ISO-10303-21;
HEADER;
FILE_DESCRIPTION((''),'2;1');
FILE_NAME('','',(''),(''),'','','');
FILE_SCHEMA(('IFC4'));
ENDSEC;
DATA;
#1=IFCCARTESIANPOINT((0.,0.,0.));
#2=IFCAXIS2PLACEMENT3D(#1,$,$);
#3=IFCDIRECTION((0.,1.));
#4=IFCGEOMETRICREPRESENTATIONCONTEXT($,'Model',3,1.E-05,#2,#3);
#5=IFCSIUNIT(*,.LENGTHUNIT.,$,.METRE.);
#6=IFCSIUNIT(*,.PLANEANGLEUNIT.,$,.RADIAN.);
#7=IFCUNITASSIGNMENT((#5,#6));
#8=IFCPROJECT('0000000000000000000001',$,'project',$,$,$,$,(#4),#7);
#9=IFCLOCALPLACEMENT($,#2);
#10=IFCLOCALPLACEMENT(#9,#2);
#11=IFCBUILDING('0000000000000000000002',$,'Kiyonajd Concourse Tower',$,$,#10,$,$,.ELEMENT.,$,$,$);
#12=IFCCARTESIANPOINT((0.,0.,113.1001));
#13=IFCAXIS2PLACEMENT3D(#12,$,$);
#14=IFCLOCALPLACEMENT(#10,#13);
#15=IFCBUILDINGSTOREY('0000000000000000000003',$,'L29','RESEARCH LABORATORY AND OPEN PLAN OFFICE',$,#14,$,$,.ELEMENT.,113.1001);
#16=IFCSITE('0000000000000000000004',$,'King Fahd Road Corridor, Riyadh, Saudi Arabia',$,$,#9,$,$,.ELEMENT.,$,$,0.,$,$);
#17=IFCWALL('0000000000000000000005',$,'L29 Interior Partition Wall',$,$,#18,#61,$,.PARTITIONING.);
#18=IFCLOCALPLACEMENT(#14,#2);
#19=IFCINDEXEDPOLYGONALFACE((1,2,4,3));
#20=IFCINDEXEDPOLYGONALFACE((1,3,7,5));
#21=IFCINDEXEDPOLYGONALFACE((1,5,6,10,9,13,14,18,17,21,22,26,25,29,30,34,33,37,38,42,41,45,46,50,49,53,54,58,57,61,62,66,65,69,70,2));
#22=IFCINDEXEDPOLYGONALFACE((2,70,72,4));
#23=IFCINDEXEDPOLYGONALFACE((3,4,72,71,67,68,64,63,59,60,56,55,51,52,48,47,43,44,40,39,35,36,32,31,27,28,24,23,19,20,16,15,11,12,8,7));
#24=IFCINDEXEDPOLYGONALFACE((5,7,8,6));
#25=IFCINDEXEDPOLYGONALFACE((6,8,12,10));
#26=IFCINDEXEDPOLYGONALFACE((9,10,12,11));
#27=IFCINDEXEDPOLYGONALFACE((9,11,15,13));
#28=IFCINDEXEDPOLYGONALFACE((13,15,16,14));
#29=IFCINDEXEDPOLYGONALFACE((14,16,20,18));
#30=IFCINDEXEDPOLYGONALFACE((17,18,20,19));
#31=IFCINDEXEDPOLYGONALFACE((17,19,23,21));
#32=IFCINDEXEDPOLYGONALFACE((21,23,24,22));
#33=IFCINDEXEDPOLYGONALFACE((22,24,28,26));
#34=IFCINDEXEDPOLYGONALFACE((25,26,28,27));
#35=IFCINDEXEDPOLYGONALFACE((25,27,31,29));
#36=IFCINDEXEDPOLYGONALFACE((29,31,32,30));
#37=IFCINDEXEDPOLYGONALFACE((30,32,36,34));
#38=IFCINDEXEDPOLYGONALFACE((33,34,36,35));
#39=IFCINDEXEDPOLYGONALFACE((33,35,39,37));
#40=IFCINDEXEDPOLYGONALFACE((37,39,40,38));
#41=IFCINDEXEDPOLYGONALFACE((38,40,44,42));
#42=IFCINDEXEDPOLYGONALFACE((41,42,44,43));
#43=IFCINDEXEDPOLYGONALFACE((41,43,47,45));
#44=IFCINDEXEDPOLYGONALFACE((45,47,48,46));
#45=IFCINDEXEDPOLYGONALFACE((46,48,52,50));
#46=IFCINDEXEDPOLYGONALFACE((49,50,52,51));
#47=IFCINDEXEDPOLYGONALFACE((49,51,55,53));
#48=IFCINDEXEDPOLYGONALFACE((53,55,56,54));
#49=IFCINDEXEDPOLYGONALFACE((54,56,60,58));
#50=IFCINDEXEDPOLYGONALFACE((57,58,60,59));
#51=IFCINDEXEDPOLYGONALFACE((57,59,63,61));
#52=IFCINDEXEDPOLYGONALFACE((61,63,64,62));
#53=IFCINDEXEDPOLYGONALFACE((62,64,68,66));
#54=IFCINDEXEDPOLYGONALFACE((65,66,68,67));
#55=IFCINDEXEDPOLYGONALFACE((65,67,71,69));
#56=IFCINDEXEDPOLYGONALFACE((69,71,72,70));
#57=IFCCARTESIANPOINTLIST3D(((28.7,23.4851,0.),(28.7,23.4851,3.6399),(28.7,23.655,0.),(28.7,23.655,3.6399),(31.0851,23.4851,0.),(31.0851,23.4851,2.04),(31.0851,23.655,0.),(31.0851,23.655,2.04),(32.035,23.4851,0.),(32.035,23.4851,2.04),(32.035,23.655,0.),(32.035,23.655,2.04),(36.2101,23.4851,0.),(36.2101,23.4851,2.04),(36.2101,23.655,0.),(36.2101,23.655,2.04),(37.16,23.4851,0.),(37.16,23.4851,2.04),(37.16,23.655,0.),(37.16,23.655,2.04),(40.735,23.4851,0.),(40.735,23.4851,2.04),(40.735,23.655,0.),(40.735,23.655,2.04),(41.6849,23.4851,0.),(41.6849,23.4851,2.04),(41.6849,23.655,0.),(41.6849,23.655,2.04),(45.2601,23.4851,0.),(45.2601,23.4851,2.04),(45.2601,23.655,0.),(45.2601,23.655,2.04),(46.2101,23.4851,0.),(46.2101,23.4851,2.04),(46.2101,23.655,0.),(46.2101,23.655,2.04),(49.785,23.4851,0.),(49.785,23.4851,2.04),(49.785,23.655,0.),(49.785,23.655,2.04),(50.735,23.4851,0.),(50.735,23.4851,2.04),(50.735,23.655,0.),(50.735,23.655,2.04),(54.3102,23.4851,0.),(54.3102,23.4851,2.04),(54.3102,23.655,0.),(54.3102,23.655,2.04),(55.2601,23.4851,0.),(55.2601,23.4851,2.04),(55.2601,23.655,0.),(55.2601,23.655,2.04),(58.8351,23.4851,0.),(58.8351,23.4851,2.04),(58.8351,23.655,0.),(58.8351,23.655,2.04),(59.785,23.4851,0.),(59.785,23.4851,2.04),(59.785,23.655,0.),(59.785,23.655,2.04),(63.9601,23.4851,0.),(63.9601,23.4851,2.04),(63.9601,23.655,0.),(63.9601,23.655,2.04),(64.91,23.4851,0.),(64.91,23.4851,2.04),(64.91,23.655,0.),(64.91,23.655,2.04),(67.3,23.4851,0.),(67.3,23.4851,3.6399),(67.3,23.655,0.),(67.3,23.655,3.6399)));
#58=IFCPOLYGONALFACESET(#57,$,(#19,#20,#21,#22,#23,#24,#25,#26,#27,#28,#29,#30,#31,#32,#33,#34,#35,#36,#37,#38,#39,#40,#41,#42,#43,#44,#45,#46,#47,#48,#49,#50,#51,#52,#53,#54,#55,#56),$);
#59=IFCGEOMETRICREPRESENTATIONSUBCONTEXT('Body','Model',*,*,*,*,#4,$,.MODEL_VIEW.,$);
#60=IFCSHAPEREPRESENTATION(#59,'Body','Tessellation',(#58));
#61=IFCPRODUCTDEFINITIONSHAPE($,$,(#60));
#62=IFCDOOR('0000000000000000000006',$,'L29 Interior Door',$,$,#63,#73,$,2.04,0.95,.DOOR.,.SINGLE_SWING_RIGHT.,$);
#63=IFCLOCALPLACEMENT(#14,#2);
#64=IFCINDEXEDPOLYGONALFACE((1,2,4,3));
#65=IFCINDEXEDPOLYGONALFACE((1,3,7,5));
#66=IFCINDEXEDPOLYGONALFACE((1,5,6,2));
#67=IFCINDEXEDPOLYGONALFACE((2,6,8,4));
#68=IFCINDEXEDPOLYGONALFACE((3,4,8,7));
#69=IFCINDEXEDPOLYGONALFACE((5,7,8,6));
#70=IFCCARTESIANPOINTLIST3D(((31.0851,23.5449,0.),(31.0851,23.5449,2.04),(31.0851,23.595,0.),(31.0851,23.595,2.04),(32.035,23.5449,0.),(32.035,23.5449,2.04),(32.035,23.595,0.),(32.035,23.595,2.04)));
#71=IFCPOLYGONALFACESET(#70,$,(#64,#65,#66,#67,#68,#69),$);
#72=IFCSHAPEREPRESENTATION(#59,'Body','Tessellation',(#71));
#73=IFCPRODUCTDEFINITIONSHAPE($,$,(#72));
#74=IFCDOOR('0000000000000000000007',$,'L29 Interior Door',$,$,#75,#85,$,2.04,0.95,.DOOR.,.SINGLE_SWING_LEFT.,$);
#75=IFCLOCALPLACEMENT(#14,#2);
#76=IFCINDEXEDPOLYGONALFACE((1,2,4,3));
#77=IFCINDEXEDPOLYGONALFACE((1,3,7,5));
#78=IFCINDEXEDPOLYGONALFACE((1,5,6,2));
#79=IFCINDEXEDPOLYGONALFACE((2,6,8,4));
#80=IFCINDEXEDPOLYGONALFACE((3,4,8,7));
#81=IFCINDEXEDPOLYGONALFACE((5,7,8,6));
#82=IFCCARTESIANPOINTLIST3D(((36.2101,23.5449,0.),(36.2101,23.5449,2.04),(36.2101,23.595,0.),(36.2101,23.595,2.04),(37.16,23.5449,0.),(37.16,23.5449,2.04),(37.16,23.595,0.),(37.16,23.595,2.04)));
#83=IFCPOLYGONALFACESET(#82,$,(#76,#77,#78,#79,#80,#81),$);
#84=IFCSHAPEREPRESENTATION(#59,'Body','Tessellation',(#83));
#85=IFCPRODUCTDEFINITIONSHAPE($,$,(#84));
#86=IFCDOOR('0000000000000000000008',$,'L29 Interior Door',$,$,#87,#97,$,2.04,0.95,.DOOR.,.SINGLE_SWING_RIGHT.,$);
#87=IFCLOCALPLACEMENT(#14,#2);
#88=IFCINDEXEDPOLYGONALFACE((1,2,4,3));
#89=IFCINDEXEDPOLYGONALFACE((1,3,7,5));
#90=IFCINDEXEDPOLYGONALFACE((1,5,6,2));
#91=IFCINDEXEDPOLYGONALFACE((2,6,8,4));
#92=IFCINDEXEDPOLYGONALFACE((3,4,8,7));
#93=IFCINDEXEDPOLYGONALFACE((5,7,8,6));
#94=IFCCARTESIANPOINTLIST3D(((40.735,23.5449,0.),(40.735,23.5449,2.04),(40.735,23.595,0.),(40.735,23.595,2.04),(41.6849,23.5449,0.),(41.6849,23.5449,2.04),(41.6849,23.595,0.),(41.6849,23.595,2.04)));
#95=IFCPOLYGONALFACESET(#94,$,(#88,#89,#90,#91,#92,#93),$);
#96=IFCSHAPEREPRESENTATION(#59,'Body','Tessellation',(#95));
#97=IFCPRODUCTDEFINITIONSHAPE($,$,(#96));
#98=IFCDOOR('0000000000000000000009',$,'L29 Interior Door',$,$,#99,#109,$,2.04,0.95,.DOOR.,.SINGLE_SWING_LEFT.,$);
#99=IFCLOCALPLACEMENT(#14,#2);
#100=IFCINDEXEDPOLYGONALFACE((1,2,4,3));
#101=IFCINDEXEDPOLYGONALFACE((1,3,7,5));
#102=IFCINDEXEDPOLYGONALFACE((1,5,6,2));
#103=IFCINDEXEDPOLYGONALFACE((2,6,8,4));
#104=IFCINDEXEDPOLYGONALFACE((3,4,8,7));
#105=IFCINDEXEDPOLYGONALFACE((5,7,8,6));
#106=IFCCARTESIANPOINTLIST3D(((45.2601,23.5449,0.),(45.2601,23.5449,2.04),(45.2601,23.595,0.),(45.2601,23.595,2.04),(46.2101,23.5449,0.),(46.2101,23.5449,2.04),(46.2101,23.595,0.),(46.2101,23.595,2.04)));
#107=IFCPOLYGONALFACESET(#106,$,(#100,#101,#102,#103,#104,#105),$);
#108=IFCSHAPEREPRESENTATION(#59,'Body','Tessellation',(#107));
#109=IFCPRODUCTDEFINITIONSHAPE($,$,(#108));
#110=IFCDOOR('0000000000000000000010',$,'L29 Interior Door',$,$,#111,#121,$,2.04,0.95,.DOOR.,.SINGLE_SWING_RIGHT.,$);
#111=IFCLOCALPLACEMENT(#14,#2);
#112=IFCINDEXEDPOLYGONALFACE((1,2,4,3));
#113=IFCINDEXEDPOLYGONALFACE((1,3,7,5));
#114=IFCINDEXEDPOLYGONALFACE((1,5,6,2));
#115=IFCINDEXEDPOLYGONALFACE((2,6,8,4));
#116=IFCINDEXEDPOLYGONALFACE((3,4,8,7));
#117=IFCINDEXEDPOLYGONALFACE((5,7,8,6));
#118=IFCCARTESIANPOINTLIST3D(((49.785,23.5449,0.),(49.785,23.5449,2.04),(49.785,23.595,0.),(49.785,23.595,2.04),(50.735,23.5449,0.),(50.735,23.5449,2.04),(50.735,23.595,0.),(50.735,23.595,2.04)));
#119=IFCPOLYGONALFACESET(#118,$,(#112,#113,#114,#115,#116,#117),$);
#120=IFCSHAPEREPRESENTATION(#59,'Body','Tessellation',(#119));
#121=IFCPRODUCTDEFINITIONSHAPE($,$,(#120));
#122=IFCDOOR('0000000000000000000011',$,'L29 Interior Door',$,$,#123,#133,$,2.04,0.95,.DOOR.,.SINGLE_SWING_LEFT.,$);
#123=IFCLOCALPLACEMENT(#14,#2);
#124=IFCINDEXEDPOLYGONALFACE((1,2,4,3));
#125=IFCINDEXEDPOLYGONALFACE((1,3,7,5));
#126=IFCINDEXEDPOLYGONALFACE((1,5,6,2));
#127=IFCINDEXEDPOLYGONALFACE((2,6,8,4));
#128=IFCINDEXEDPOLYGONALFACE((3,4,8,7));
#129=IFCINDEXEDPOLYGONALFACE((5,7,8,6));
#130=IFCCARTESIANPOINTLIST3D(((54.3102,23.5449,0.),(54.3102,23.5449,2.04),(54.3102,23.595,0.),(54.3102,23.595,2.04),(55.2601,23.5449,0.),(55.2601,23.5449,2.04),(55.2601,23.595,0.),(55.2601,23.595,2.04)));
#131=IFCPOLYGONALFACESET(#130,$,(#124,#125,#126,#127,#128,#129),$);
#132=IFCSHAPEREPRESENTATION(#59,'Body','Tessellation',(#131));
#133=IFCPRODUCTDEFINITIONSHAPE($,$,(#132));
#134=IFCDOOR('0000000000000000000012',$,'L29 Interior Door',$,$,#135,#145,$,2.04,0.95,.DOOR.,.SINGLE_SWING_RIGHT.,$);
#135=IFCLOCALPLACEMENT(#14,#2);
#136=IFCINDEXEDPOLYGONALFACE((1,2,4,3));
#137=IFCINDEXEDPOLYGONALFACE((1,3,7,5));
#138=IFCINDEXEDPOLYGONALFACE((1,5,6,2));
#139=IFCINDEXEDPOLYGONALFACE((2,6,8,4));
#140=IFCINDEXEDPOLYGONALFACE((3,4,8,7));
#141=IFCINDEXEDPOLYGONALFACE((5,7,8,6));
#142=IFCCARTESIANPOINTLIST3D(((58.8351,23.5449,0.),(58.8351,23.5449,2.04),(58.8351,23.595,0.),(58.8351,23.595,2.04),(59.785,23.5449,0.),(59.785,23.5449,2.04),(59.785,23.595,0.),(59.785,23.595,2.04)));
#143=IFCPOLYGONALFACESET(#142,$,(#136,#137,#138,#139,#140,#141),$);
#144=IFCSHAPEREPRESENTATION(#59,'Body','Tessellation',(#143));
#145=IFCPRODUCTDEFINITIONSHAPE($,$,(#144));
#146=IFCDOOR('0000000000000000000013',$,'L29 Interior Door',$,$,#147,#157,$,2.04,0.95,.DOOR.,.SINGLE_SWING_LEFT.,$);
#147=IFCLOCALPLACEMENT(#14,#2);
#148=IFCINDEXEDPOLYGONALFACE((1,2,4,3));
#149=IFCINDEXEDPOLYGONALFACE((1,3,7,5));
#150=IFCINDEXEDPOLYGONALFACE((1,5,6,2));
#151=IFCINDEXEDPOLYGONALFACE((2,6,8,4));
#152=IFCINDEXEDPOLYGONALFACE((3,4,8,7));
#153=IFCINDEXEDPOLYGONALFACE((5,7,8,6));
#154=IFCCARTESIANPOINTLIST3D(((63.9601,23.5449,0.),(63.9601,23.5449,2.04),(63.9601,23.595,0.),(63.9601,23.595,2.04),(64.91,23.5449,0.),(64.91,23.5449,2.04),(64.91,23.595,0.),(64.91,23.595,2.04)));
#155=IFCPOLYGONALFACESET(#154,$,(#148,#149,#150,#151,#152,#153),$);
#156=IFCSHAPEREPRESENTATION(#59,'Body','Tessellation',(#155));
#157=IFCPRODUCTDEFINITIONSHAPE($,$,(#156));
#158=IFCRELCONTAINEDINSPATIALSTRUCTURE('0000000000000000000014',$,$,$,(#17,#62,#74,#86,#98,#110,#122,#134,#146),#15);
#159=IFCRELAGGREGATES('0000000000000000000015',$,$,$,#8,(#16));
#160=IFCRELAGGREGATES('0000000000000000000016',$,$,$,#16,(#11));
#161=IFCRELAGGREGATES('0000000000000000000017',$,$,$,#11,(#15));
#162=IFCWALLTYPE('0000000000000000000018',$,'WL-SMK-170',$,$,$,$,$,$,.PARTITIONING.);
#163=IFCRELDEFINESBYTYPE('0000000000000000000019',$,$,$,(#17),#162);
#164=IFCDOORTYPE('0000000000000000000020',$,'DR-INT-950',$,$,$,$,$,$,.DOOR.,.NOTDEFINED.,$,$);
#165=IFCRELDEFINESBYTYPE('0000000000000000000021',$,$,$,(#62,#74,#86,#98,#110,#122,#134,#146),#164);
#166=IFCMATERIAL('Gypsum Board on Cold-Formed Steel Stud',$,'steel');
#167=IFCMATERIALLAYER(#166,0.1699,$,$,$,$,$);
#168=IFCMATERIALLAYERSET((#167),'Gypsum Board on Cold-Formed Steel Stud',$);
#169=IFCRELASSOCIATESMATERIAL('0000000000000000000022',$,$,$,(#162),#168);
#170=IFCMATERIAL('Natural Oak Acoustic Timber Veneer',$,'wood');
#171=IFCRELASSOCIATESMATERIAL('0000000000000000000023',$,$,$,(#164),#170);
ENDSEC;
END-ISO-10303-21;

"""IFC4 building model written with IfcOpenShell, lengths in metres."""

from ifc_helpers import new_model, si_unit, direction, frame, frame_2d, origin, place, context, subcontext, project, spatial, rectangle, extrude, material, layer, layer_set, type_object, element, fill, save


model = new_model("IFC4")

# Units and contexts
model_context = context("Model", 3, precision=1e-05, world=origin(), true_north=direction((0.0, 1.0)))
body_context = subcontext(model_context, "Body", "Model", "MODEL_VIEW")
ifc_project = project(units=[si_unit("LENGTHUNIT", "METRE"), si_unit("PLANEANGLEUNIT", "RADIAN")], contexts=[model_context])

# Site, building, storey
site_placement = place(None, origin())
site = spatial("IfcSite", under=ifc_project, at=site_placement, Name="King Fahd Road Corridor, Riyadh, Saudi Arabia", CompositionType="ELEMENT", RefElevation=0.0)
building_placement = place(site_placement, origin())
building = spatial("IfcBuilding", under=site, at=building_placement, Name="Kiyonajd Concourse Tower", CompositionType="ELEMENT")
storey_placement = place(building_placement, frame((0.0, 0.0, 113.1001)))
storey = spatial("IfcBuildingStorey", under=building, at=storey_placement, Name="L29", Description="RESEARCH LABORATORY AND OPEN PLAN OFFICE", CompositionType="ELEMENT", Elevation=113.1001)

# Wall, openings, doors
ifc_material_1 = material(Name="Gypsum Board on Cold-Formed Steel Stud", Category="steel")
ifc_layer_1 = layer(ifc_material_1, 0.1699)
ifc_layer_set_1 = layer_set([ifc_layer_1], Name="Gypsum Board on Cold-Formed Steel Stud")
wall_type_1 = type_object("IfcWallType", Name="WL-SMK-170", PredefinedType="PARTITIONING", material=ifc_layer_set_1)
wall_1_placement = place(storey_placement, frame((28.7, 23.5701, 0.0), z_axis=(0.0, 0.0, 1.0), x_axis=(1.0, 0.0, 0.0)))
wall_1 = element("IfcWall", 1, at=wall_1_placement, inside=storey, type_object=wall_type_1, Name="L29 Interior Partition Wall", PredefinedType="PARTITIONING", context=body_context, shape_type="SweptSolid", body=[
    extrude(rectangle(XDim=38.6001, YDim=0.1699, at=frame_2d((19.3, 0.0))), origin(), (0.0, 0.0, 1.0), 3.6399),
])
opening_1_placement = place(wall_1_placement, frame((2.385, 0.0, 0.0)))
opening_1 = element("IfcOpeningElement", 2, at=opening_1_placement, cuts=wall_1, PredefinedType="OPENING", context=body_context, shape_type="SweptSolid", body=[
    extrude(rectangle(XDim=0.95, YDim=2.04, at=frame_2d((0.4751, 1.02))), frame((0.0, 0.095, 0.0), z_axis=(0.0, -1.0, 0.0), x_axis=(1.0, 0.0, 0.0)), (0.0, 0.0, 1.0), 0.1899),
])
opening_2_placement = place(wall_1_placement, frame((7.51, 0.0, 0.0)))
opening_2 = element("IfcOpeningElement", 3, at=opening_2_placement, cuts=wall_1, PredefinedType="OPENING", context=body_context, shape_type="SweptSolid", body=[
    extrude(rectangle(XDim=0.95, YDim=2.04, at=frame_2d((0.4751, 1.02))), frame((0.0, 0.095, 0.0), z_axis=(0.0, -1.0, 0.0), x_axis=(1.0, 0.0, 0.0)), (0.0, 0.0, 1.0), 0.1899),
])
opening_3_placement = place(wall_1_placement, frame((12.0349, 0.0, 0.0)))
opening_3 = element("IfcOpeningElement", 4, at=opening_3_placement, cuts=wall_1, PredefinedType="OPENING", context=body_context, shape_type="SweptSolid", body=[
    extrude(rectangle(XDim=0.95, YDim=2.04, at=frame_2d((0.4751, 1.02))), frame((0.0, 0.095, 0.0), z_axis=(0.0, -1.0, 0.0), x_axis=(1.0, 0.0, 0.0)), (0.0, 0.0, 1.0), 0.1899),
])
opening_4_placement = place(wall_1_placement, frame((16.5601, 0.0, 0.0)))
opening_4 = element("IfcOpeningElement", 5, at=opening_4_placement, cuts=wall_1, PredefinedType="OPENING", context=body_context, shape_type="SweptSolid", body=[
    extrude(rectangle(XDim=0.95, YDim=2.04, at=frame_2d((0.4751, 1.02))), frame((0.0, 0.095, 0.0), z_axis=(0.0, -1.0, 0.0), x_axis=(1.0, 0.0, 0.0)), (0.0, 0.0, 1.0), 0.1899),
])
opening_5_placement = place(wall_1_placement, frame((21.085, 0.0, 0.0)))
opening_5 = element("IfcOpeningElement", 6, at=opening_5_placement, cuts=wall_1, PredefinedType="OPENING", context=body_context, shape_type="SweptSolid", body=[
    extrude(rectangle(XDim=0.95, YDim=2.04, at=frame_2d((0.4751, 1.02))), frame((0.0, 0.095, 0.0), z_axis=(0.0, -1.0, 0.0), x_axis=(1.0, 0.0, 0.0)), (0.0, 0.0, 1.0), 0.1899),
])
opening_6_placement = place(wall_1_placement, frame((25.6101, 0.0, 0.0)))
opening_6 = element("IfcOpeningElement", 7, at=opening_6_placement, cuts=wall_1, PredefinedType="OPENING", context=body_context, shape_type="SweptSolid", body=[
    extrude(rectangle(XDim=0.95, YDim=2.04, at=frame_2d((0.4751, 1.02))), frame((0.0, 0.095, 0.0), z_axis=(0.0, -1.0, 0.0), x_axis=(1.0, 0.0, 0.0)), (0.0, 0.0, 1.0), 0.1899),
])
opening_7_placement = place(wall_1_placement, frame((30.135, 0.0, 0.0)))
opening_7 = element("IfcOpeningElement", 8, at=opening_7_placement, cuts=wall_1, PredefinedType="OPENING", context=body_context, shape_type="SweptSolid", body=[
    extrude(rectangle(XDim=0.95, YDim=2.04, at=frame_2d((0.4751, 1.02))), frame((0.0, 0.095, 0.0), z_axis=(0.0, -1.0, 0.0), x_axis=(1.0, 0.0, 0.0)), (0.0, 0.0, 1.0), 0.1899),
])
opening_8_placement = place(wall_1_placement, frame((35.26, 0.0, 0.0)))
opening_8 = element("IfcOpeningElement", 9, at=opening_8_placement, cuts=wall_1, PredefinedType="OPENING", context=body_context, shape_type="SweptSolid", body=[
    extrude(rectangle(XDim=0.95, YDim=2.04, at=frame_2d((0.4751, 1.02))), frame((0.0, 0.095, 0.0), z_axis=(0.0, -1.0, 0.0), x_axis=(1.0, 0.0, 0.0)), (0.0, 0.0, 1.0), 0.1899),
])
ifc_material_2 = material(Name="Natural Oak Acoustic Timber Veneer", Category="wood")
door_type = type_object("IfcDoorType", Name="DR-INT-950", OperationType="NOTDEFINED", PredefinedType="DOOR", material=ifc_material_2)
door_1_placement = place(opening_1_placement, origin())
door_1 = element("IfcDoor", 10, at=door_1_placement, inside=storey, type_object=door_type, Name="L29 Interior Door", OperationType="SINGLE_SWING_RIGHT", OverallHeight=2.04, OverallWidth=0.95, PredefinedType="DOOR", context=body_context, shape_type="SweptSolid", body=[
    extrude(rectangle(XDim=0.95, YDim=2.04, at=frame_2d((0.4751, 1.02))), frame((0.0, 0.0249, 0.0), z_axis=(0.0, -1.0, 0.0), x_axis=(1.0, 0.0, 0.0)), (0.0, 0.0, 1.0), 0.05),
])
fill(opening_1, door_1)
door_2_placement = place(opening_2_placement, origin())
door_2 = element("IfcDoor", 11, at=door_2_placement, inside=storey, type_object=door_type, Name="L29 Interior Door", OperationType="SINGLE_SWING_LEFT", OverallHeight=2.04, OverallWidth=0.95, PredefinedType="DOOR", context=body_context, shape_type="SweptSolid", body=[
    extrude(rectangle(XDim=0.95, YDim=2.04, at=frame_2d((0.4751, 1.02))), frame((0.0, 0.0249, 0.0), z_axis=(0.0, -1.0, 0.0), x_axis=(1.0, 0.0, 0.0)), (0.0, 0.0, 1.0), 0.05),
])
fill(opening_2, door_2)
door_3_placement = place(opening_3_placement, origin())
door_3 = element("IfcDoor", 12, at=door_3_placement, inside=storey, type_object=door_type, Name="L29 Interior Door", OperationType="SINGLE_SWING_RIGHT", OverallHeight=2.04, OverallWidth=0.95, PredefinedType="DOOR", context=body_context, shape_type="SweptSolid", body=[
    extrude(rectangle(XDim=0.95, YDim=2.04, at=frame_2d((0.4751, 1.02))), frame((0.0, 0.0249, 0.0), z_axis=(0.0, -1.0, 0.0), x_axis=(1.0, 0.0, 0.0)), (0.0, 0.0, 1.0), 0.05),
])
fill(opening_3, door_3)
door_4_placement = place(opening_4_placement, origin())
door_4 = element("IfcDoor", 13, at=door_4_placement, inside=storey, type_object=door_type, Name="L29 Interior Door", OperationType="SINGLE_SWING_LEFT", OverallHeight=2.04, OverallWidth=0.95, PredefinedType="DOOR", context=body_context, shape_type="SweptSolid", body=[
    extrude(rectangle(XDim=0.95, YDim=2.04, at=frame_2d((0.4751, 1.02))), frame((0.0, 0.0249, 0.0), z_axis=(0.0, -1.0, 0.0), x_axis=(1.0, 0.0, 0.0)), (0.0, 0.0, 1.0), 0.05),
])
fill(opening_4, door_4)
door_5_placement = place(opening_5_placement, origin())
door_5 = element("IfcDoor", 14, at=door_5_placement, inside=storey, type_object=door_type, Name="L29 Interior Door", OperationType="SINGLE_SWING_RIGHT", OverallHeight=2.04, OverallWidth=0.95, PredefinedType="DOOR", context=body_context, shape_type="SweptSolid", body=[
    extrude(rectangle(XDim=0.95, YDim=2.04, at=frame_2d((0.4751, 1.02))), frame((0.0, 0.0249, 0.0), z_axis=(0.0, -1.0, 0.0), x_axis=(1.0, 0.0, 0.0)), (0.0, 0.0, 1.0), 0.05),
])
fill(opening_5, door_5)
door_6_placement = place(opening_6_placement, origin())
door_6 = element("IfcDoor", 15, at=door_6_placement, inside=storey, type_object=door_type, Name="L29 Interior Door", OperationType="SINGLE_SWING_LEFT", OverallHeight=2.04, OverallWidth=0.95, PredefinedType="DOOR", context=body_context, shape_type="SweptSolid", body=[
    extrude(rectangle(XDim=0.95, YDim=2.04, at=frame_2d((0.4751, 1.02))), frame((0.0, 0.0249, 0.0), z_axis=(0.0, -1.0, 0.0), x_axis=(1.0, 0.0, 0.0)), (0.0, 0.0, 1.0), 0.05),
])
fill(opening_6, door_6)
door_7_placement = place(opening_7_placement, origin())
door_7 = element("IfcDoor", 16, at=door_7_placement, inside=storey, type_object=door_type, Name="L29 Interior Door", OperationType="SINGLE_SWING_RIGHT", OverallHeight=2.04, OverallWidth=0.95, PredefinedType="DOOR", context=body_context, shape_type="SweptSolid", body=[
    extrude(rectangle(XDim=0.95, YDim=2.04, at=frame_2d((0.4751, 1.02))), frame((0.0, 0.0249, 0.0), z_axis=(0.0, -1.0, 0.0), x_axis=(1.0, 0.0, 0.0)), (0.0, 0.0, 1.0), 0.05),
])
fill(opening_7, door_7)
door_8_placement = place(opening_8_placement, origin())
door_8 = element("IfcDoor", 17, at=door_8_placement, inside=storey, type_object=door_type, Name="L29 Interior Door", OperationType="SINGLE_SWING_LEFT", OverallHeight=2.04, OverallWidth=0.95, PredefinedType="DOOR", context=body_context, shape_type="SweptSolid", body=[
    extrude(rectangle(XDim=0.95, YDim=2.04, at=frame_2d((0.4751, 1.02))), frame((0.0, 0.0249, 0.0), z_axis=(0.0, -1.0, 0.0), x_axis=(1.0, 0.0, 0.0)), (0.0, 0.0, 1.0), 0.05),
])
fill(opening_8, door_8)

save(model, "model.ifc")
